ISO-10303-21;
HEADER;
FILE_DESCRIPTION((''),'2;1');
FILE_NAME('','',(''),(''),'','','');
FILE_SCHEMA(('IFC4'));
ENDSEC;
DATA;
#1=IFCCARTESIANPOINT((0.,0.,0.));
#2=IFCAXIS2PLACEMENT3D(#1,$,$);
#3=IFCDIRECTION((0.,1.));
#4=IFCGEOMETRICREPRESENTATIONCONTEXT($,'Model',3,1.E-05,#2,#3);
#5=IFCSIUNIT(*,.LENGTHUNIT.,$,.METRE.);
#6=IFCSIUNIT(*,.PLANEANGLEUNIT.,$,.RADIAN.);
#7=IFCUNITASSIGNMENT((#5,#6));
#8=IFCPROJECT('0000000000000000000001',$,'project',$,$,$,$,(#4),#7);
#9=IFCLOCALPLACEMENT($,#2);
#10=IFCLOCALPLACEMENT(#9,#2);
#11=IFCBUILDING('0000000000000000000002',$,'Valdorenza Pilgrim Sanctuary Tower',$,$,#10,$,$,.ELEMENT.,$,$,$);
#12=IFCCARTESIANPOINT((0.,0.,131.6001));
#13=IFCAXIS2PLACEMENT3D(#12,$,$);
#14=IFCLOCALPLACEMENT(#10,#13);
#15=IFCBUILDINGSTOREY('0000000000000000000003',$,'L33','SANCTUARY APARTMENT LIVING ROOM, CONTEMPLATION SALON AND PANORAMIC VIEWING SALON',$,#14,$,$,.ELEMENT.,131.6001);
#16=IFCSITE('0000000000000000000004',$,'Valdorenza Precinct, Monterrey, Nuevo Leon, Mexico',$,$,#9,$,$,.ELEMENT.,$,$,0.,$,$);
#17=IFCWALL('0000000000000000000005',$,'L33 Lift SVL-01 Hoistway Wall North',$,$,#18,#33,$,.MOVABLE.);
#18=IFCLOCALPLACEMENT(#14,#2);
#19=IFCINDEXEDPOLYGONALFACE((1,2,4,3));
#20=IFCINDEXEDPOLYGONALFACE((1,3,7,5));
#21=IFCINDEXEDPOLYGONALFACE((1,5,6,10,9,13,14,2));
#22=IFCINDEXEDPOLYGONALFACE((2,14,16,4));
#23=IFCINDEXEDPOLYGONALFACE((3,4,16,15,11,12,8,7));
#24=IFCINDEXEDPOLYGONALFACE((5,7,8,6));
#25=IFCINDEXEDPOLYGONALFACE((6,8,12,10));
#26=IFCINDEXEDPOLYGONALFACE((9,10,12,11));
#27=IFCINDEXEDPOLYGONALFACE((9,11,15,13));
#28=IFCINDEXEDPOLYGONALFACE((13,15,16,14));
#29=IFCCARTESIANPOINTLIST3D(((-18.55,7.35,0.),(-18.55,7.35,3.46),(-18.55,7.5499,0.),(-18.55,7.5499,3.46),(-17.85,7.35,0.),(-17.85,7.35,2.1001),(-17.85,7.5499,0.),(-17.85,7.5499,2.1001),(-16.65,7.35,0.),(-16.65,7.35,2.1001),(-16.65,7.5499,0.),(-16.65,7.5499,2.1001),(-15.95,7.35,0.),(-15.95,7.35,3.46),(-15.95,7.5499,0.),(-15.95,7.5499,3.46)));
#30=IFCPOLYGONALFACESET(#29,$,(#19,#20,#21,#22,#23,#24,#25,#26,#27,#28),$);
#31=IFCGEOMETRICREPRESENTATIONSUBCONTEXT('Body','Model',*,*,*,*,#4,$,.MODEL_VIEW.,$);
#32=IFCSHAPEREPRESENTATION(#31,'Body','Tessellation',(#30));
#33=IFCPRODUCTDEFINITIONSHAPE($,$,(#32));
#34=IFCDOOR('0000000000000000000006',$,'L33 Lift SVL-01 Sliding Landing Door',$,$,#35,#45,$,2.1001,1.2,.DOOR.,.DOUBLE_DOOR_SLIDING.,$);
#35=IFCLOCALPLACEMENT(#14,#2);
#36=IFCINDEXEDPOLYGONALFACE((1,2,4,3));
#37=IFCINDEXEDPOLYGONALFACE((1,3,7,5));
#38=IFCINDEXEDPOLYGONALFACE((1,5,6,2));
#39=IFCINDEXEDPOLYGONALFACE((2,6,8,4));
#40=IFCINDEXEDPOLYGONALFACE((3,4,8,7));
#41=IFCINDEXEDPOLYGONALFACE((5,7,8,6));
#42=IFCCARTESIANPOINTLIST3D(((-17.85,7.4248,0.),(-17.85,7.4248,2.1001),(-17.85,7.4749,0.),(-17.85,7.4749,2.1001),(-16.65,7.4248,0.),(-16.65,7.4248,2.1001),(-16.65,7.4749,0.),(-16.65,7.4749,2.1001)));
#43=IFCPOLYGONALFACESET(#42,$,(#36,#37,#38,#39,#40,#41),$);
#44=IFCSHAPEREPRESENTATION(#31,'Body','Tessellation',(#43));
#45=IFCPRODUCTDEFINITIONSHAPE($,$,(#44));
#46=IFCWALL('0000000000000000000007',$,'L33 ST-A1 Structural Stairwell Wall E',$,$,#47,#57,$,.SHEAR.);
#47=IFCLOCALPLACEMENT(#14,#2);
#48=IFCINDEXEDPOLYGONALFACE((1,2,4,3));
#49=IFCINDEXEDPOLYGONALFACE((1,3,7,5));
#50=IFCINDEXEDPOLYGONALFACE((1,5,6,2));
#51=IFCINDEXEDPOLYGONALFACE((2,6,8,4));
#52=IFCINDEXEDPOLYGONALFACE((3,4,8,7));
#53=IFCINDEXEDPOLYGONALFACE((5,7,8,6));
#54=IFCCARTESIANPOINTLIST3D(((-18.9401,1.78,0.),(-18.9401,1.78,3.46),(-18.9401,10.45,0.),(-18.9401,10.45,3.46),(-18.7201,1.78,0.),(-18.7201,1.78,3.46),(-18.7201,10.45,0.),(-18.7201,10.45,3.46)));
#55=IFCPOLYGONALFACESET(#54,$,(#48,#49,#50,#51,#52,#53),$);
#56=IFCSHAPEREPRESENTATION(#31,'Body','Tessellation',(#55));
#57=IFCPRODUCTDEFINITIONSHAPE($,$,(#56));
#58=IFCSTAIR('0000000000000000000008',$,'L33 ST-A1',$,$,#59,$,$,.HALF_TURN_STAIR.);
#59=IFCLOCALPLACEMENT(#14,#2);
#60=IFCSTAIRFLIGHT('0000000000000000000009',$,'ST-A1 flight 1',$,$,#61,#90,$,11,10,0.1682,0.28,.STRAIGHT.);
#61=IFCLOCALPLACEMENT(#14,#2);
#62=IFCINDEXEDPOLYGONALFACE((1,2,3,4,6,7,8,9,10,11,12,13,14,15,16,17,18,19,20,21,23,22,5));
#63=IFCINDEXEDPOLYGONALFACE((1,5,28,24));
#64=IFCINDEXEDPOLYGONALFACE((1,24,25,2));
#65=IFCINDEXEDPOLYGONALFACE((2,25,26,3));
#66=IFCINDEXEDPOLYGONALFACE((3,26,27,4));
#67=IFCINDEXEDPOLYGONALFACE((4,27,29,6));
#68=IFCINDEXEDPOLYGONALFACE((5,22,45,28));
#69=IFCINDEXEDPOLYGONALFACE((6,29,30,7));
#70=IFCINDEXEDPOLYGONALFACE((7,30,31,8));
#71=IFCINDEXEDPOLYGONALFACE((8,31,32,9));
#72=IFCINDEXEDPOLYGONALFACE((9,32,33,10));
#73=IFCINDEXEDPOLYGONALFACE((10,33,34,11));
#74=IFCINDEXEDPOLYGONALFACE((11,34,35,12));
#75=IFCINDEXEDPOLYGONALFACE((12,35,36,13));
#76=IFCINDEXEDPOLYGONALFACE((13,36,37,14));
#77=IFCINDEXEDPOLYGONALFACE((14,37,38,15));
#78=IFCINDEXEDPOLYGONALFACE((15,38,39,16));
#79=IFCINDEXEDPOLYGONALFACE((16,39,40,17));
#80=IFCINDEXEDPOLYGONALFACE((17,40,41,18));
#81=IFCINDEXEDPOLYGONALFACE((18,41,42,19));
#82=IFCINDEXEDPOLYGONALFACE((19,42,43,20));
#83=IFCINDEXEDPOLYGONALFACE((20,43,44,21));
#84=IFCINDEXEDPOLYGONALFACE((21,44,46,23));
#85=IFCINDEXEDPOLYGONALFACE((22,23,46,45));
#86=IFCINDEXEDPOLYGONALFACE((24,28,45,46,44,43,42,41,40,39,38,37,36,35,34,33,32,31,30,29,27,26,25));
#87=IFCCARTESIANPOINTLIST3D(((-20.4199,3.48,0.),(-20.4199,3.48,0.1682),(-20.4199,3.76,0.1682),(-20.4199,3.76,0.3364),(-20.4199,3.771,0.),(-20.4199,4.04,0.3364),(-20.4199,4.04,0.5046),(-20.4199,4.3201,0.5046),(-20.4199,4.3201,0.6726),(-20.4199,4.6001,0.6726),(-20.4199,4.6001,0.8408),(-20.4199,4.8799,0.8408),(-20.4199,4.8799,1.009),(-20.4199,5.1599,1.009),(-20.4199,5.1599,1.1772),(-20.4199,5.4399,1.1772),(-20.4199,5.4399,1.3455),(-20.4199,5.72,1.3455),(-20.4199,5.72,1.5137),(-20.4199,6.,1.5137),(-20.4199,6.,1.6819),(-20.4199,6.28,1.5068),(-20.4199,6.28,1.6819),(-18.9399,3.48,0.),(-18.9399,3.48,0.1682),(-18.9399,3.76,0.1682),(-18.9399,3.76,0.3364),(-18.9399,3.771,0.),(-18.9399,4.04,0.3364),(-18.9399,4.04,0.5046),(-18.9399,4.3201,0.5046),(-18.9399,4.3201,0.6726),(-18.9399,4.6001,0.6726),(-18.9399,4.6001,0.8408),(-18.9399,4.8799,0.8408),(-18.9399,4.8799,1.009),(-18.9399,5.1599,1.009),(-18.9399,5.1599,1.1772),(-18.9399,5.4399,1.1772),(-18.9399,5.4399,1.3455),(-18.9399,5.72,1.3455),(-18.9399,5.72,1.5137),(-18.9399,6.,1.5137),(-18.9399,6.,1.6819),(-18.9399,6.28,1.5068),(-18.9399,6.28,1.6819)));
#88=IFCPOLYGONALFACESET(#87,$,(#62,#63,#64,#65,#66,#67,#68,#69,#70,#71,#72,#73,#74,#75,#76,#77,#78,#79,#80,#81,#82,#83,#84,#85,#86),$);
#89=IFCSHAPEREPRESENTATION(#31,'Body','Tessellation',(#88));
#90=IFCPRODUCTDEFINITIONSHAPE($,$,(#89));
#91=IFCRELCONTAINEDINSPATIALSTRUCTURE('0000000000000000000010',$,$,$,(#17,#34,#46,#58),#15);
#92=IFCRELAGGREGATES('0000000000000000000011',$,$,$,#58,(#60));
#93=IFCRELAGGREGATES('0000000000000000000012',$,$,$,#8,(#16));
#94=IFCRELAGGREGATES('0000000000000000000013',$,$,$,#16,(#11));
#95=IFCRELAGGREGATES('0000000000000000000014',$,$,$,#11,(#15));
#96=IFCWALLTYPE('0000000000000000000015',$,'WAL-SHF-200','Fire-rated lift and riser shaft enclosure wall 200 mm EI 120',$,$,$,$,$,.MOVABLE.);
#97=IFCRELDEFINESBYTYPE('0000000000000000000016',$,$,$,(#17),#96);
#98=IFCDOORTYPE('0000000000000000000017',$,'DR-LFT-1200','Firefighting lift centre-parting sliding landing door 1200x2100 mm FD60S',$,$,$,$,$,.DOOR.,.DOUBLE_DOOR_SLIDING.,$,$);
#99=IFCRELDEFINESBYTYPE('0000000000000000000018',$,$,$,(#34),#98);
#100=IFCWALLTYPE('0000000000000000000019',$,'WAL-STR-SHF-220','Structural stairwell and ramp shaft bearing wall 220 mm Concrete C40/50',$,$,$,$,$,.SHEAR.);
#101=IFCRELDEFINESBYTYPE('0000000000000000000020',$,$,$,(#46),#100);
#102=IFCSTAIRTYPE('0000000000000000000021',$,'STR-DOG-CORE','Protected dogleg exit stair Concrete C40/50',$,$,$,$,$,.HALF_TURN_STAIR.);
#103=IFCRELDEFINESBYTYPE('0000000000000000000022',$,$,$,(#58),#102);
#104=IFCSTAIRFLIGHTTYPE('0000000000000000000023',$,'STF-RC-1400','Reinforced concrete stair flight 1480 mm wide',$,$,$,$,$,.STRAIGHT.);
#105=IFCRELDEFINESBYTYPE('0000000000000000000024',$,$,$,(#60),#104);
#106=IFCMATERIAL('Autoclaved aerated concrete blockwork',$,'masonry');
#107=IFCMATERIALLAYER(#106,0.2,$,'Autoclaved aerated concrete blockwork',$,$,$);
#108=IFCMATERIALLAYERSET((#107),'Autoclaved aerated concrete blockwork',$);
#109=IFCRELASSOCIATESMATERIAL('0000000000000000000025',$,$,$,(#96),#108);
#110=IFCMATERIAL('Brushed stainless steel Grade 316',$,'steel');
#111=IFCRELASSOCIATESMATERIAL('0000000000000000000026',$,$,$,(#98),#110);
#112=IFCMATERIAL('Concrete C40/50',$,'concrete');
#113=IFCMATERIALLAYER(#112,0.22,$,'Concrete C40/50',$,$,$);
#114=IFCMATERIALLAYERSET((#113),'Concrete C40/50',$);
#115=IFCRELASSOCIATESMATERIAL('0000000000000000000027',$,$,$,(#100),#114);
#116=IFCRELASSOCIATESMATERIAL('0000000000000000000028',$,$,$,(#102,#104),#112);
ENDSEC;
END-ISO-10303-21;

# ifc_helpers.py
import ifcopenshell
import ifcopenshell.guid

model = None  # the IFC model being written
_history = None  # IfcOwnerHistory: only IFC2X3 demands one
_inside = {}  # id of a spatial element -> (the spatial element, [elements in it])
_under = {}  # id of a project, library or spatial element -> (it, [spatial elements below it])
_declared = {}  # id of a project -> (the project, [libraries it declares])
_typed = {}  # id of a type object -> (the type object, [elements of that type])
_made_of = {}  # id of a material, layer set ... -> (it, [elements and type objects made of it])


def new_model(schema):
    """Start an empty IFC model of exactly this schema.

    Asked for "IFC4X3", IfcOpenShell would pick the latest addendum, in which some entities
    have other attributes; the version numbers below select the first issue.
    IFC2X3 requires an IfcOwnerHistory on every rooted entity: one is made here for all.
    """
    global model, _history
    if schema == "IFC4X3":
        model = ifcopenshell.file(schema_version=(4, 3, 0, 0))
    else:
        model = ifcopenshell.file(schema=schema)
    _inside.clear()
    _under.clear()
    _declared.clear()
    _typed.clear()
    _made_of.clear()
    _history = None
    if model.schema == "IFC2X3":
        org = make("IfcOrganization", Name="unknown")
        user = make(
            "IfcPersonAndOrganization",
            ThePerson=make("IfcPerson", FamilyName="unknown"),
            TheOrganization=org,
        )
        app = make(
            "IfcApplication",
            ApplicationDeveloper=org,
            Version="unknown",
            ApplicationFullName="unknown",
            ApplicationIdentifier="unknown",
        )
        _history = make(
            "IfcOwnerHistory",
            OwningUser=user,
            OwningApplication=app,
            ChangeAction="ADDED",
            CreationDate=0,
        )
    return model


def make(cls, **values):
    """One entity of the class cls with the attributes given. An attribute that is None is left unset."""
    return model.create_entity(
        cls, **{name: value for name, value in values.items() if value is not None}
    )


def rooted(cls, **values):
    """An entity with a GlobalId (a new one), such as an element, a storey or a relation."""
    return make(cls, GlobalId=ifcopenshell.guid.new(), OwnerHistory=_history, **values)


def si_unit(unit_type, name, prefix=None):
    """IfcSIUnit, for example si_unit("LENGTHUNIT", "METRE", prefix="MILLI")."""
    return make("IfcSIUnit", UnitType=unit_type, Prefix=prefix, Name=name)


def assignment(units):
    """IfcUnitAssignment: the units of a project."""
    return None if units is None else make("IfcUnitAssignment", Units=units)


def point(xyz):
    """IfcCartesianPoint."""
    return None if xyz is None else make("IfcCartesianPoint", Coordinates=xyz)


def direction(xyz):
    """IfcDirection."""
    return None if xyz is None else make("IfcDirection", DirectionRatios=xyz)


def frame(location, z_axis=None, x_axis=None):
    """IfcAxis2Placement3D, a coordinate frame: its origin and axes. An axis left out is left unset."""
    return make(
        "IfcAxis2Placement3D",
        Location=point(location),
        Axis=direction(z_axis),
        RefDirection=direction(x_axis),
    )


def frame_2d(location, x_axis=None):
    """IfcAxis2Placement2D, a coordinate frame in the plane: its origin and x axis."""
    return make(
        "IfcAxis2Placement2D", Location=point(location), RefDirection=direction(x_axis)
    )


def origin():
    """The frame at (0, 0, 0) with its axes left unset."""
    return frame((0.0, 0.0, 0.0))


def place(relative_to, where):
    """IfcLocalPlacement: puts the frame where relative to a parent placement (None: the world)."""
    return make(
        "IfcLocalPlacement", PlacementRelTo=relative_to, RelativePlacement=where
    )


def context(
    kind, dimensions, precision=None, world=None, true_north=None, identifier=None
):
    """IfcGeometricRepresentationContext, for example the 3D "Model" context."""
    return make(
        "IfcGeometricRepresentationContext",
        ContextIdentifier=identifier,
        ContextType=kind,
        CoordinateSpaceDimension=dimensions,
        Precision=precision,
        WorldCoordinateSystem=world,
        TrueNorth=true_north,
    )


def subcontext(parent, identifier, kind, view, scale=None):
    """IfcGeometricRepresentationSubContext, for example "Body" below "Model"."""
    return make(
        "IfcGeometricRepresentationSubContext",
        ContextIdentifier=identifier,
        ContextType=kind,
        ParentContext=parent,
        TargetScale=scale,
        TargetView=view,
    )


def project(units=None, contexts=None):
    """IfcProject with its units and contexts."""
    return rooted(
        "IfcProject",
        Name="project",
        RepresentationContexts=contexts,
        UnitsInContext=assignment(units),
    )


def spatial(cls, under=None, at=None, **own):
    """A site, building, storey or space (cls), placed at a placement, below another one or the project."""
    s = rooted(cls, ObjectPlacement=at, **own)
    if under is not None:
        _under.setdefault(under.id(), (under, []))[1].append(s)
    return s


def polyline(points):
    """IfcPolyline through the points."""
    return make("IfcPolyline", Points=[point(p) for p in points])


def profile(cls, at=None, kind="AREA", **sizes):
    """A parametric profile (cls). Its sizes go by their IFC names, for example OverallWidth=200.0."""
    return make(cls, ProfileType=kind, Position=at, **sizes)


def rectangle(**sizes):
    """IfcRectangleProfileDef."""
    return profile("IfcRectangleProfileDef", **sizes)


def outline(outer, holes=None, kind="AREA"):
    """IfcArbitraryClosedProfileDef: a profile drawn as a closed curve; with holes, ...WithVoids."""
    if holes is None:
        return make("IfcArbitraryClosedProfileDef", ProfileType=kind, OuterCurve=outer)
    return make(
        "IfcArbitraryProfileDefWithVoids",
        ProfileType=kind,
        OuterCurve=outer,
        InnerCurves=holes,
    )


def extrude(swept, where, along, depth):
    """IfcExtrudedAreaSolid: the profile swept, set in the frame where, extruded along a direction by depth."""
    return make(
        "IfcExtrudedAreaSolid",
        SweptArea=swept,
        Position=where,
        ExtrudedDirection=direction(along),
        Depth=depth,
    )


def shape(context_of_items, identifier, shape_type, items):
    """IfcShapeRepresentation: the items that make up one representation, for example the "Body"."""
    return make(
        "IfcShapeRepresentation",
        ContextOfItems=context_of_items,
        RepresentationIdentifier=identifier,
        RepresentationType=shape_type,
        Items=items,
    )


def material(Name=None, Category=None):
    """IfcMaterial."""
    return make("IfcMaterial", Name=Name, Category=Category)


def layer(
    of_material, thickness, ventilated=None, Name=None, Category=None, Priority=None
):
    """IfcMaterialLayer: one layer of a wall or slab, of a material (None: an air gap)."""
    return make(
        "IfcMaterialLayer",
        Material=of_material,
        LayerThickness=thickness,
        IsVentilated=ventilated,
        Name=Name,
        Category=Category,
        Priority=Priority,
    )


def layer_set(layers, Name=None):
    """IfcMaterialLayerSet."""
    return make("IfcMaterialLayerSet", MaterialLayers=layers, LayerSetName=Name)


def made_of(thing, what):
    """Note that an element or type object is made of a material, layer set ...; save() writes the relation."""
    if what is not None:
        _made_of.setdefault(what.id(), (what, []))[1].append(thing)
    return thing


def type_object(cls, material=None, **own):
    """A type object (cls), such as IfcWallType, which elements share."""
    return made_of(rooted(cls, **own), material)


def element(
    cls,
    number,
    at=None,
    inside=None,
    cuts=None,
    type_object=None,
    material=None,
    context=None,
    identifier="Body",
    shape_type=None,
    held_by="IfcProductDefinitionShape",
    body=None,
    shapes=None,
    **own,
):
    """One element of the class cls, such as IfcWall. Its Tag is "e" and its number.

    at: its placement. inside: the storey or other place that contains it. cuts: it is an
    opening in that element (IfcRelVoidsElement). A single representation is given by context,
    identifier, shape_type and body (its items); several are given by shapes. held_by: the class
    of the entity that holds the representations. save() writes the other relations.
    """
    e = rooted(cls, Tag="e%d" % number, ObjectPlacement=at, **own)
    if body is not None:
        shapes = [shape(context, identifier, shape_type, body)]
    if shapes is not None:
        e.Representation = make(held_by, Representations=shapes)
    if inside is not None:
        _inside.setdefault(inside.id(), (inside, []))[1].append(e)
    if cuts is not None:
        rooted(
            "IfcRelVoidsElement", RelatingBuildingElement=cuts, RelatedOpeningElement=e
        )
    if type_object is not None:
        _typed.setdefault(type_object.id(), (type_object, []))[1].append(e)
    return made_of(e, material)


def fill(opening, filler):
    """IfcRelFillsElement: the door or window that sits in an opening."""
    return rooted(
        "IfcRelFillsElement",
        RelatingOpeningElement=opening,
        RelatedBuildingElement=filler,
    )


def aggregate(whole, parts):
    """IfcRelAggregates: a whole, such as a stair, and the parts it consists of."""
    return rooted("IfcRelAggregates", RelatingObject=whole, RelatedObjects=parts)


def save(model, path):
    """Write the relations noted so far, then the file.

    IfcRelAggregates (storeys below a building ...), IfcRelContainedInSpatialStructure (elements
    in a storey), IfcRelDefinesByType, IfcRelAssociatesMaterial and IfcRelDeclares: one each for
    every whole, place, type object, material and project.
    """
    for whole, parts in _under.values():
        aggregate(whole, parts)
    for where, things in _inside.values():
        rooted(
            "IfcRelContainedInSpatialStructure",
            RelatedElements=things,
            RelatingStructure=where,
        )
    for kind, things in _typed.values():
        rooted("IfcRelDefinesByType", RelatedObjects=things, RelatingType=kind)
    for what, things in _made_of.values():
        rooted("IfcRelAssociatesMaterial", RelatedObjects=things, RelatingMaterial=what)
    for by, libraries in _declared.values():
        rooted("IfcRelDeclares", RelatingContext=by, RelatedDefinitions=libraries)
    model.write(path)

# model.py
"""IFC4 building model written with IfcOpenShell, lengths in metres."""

from ifc_helpers import new_model, si_unit, direction, frame, frame_2d, origin, place, context, subcontext, project, spatial, polyline, rectangle, outline, extrude, material, layer, layer_set, type_object, element, fill, aggregate, save


model = new_model("IFC4")

# Units and contexts
model_context = context("Model", 3, precision=1e-05, world=origin(), true_north=direction((0.0, 1.0)))
body_context = subcontext(model_context, "Body", "Model", "MODEL_VIEW")
ifc_project = project(units=[si_unit("LENGTHUNIT", "METRE"), si_unit("PLANEANGLEUNIT", "RADIAN")], contexts=[model_context])

# Site, building, storey
site_placement = place(None, origin())
site = spatial("IfcSite", under=ifc_project, at=site_placement, Name="Valdorenza Precinct, Monterrey, Nuevo Leon, Mexico", CompositionType="ELEMENT", RefElevation=0.0)
building_placement = place(site_placement, origin())
building = spatial("IfcBuilding", under=site, at=building_placement, Name="Valdorenza Pilgrim Sanctuary Tower", CompositionType="ELEMENT")
storey_placement = place(building_placement, frame((0.0, 0.0, 131.6001)))
storey = spatial("IfcBuildingStorey", under=building, at=storey_placement, Name="L33", Description="SANCTUARY APARTMENT LIVING ROOM, CONTEMPLATION SALON AND PANORAMIC VIEWING SALON", CompositionType="ELEMENT", Elevation=131.6001)

# Shared definitions
ifc_material_1 = material(Name="Autoclaved aerated concrete blockwork", Category="masonry")
ifc_layer_1 = layer(ifc_material_1, 0.2, Name="Autoclaved aerated concrete blockwork")
ifc_layer_set_1 = layer_set([ifc_layer_1], Name="Autoclaved aerated concrete blockwork")
wall_type_1 = type_object("IfcWallType", Name="WAL-SHF-200", Description="Fire-rated lift and riser shaft enclosure wall 200 mm EI 120", PredefinedType="MOVABLE", material=ifc_layer_set_1)

# Shared definitions
ifc_material_2 = material(Name="Brushed stainless steel Grade 316", Category="steel")
door_type_1 = type_object("IfcDoorType", Name="DR-LFT-1200", Description="Firefighting lift centre-parting sliding landing door 1200x2100 mm FD60S", OperationType="DOUBLE_DOOR_SLIDING", PredefinedType="DOOR", material=ifc_material_2)

# Wall, opening, door
wall_1_placement = place(storey_placement, frame((-18.55, 7.45, 0.0), z_axis=(0.0, 0.0, 1.0), x_axis=(1.0, 0.0, 0.0)))
wall_1 = element("IfcWall", 1, at=wall_1_placement, inside=storey, type_object=wall_type_1, Name="L33 Lift SVL-01 Hoistway Wall North", PredefinedType="MOVABLE", context=body_context, shape_type="SweptSolid", body=[
    extrude(rectangle(XDim=2.6001, YDim=0.2, at=frame_2d((1.3, 0.0))), origin(), (0.0, 0.0, 1.0), 3.46),
])
opening_1_placement = place(wall_1_placement, frame((0.7, 0.0, 0.0)))
opening_1 = element("IfcOpeningElement", 2, at=opening_1_placement, cuts=wall_1, PredefinedType="OPENING", context=body_context, shape_type="SweptSolid", body=[
    extrude(rectangle(XDim=1.2, YDim=2.1001, at=frame_2d((0.6001, 1.05))), frame((0.0, 0.1147, 0.0), z_axis=(0.0, -1.0, 0.0), x_axis=(1.0, 0.0, 0.0)), (0.0, 0.0, 1.0), 0.2297),
])
door_1_placement = place(opening_1_placement, origin())
door_1 = element("IfcDoor", 3, at=door_1_placement, inside=storey, type_object=door_type_1, Name="L33 Lift SVL-01 Sliding Landing Door", OperationType="DOUBLE_DOOR_SLIDING", OverallHeight=2.1001, OverallWidth=1.2, PredefinedType="DOOR", context=body_context, shape_type="SweptSolid", body=[
    extrude(rectangle(XDim=1.2, YDim=2.1001, at=frame_2d((0.6001, 1.05))), frame((0.0, 0.0249, 0.0), z_axis=(0.0, -1.0, 0.0), x_axis=(1.0, 0.0, 0.0)), (0.0, 0.0, 1.0), 0.05),
])
fill(opening_1, door_1)

# Wall
ifc_material_3 = material(Name="Concrete C40/50", Category="concrete")
ifc_layer_2 = layer(ifc_material_3, 0.22, Name="Concrete C40/50")
ifc_layer_set_2 = layer_set([ifc_layer_2], Name="Concrete C40/50")
wall_type_2 = type_object("IfcWallType", Name="WAL-STR-SHF-220", Description="Structural stairwell and ramp shaft bearing wall 220 mm Concrete C40/50", PredefinedType="SHEAR", material=ifc_layer_set_2)
wall_2_placement = place(storey_placement, frame((-18.8301, 1.78, 0.0), z_axis=(0.0, 0.0, 1.0), x_axis=(0.0, 1.0, 0.0)))
element("IfcWall", 4, at=wall_2_placement, inside=storey, type_object=wall_type_2, Name="L33 ST-A1 Structural Stairwell Wall E", PredefinedType="SHEAR", context=body_context, shape_type="SweptSolid", body=[
    extrude(rectangle(XDim=8.6699, YDim=0.22, at=frame_2d((4.335, 0.0))), origin(), (0.0, 0.0, 1.0), 3.46),
])

# Stair, stair flight
stair_type = type_object("IfcStairType", Name="STR-DOG-CORE", Description="Protected dogleg exit stair Concrete C40/50", PredefinedType="HALF_TURN_STAIR", material=ifc_material_3)
stair_placement = place(storey_placement, origin())
stair = element("IfcStair", 5, at=stair_placement, inside=storey, type_object=stair_type, Name="L33 ST-A1", PredefinedType="HALF_TURN_STAIR")
stair_flight_type = type_object("IfcStairFlightType", Name="STF-RC-1400", Description="Reinforced concrete stair flight 1480 mm wide", PredefinedType="STRAIGHT", material=ifc_material_3)
stair_flight_placement = place(storey_placement, frame((-19.6799, 3.48, 0.0), z_axis=(0.0, 0.0, 1.0), x_axis=(0.0, 1.0, 0.0)))
stair_flight = element("IfcStairFlight", 6, at=stair_flight_placement, type_object=stair_flight_type, Name="ST-A1 flight 1", NumberOfRisers=11, NumberOfTreads=10, PredefinedType="STRAIGHT", RiserHeight=0.1682, TreadLength=0.28, context=body_context, shape_type="SweptSolid", body=[
    extrude(outline(polyline([(0.0, 0.0), (0.0, 0.1682), (0.28, 0.1682), (0.28, 0.3364), (0.5601, 0.3364), (0.5601, 0.5046), (0.8401, 0.5046), (0.8401, 0.6726), (1.1201, 0.6726), (1.1201, 0.8408), (1.3999, 0.8408), (1.3999, 1.009), (1.6799, 1.009), (1.6799, 1.1772), (1.96, 1.1772), (1.96, 1.3455), (2.24, 1.3455), (2.24, 1.5137), (2.52, 1.5137), (2.52, 1.6819), (2.8, 1.6819), (2.8, 1.8501), (2.8, 1.5068), (0.291, 0.0), (0.0, 0.0)])), frame((0.0, 0.74, 0.0), z_axis=(0.0, -1.0, 0.0), x_axis=(1.0, 0.0, 0.0)), (0.0, 0.0, 1.0), 1.48),
])
aggregate(stair, [stair_flight])

save(model, "model.ifc")
